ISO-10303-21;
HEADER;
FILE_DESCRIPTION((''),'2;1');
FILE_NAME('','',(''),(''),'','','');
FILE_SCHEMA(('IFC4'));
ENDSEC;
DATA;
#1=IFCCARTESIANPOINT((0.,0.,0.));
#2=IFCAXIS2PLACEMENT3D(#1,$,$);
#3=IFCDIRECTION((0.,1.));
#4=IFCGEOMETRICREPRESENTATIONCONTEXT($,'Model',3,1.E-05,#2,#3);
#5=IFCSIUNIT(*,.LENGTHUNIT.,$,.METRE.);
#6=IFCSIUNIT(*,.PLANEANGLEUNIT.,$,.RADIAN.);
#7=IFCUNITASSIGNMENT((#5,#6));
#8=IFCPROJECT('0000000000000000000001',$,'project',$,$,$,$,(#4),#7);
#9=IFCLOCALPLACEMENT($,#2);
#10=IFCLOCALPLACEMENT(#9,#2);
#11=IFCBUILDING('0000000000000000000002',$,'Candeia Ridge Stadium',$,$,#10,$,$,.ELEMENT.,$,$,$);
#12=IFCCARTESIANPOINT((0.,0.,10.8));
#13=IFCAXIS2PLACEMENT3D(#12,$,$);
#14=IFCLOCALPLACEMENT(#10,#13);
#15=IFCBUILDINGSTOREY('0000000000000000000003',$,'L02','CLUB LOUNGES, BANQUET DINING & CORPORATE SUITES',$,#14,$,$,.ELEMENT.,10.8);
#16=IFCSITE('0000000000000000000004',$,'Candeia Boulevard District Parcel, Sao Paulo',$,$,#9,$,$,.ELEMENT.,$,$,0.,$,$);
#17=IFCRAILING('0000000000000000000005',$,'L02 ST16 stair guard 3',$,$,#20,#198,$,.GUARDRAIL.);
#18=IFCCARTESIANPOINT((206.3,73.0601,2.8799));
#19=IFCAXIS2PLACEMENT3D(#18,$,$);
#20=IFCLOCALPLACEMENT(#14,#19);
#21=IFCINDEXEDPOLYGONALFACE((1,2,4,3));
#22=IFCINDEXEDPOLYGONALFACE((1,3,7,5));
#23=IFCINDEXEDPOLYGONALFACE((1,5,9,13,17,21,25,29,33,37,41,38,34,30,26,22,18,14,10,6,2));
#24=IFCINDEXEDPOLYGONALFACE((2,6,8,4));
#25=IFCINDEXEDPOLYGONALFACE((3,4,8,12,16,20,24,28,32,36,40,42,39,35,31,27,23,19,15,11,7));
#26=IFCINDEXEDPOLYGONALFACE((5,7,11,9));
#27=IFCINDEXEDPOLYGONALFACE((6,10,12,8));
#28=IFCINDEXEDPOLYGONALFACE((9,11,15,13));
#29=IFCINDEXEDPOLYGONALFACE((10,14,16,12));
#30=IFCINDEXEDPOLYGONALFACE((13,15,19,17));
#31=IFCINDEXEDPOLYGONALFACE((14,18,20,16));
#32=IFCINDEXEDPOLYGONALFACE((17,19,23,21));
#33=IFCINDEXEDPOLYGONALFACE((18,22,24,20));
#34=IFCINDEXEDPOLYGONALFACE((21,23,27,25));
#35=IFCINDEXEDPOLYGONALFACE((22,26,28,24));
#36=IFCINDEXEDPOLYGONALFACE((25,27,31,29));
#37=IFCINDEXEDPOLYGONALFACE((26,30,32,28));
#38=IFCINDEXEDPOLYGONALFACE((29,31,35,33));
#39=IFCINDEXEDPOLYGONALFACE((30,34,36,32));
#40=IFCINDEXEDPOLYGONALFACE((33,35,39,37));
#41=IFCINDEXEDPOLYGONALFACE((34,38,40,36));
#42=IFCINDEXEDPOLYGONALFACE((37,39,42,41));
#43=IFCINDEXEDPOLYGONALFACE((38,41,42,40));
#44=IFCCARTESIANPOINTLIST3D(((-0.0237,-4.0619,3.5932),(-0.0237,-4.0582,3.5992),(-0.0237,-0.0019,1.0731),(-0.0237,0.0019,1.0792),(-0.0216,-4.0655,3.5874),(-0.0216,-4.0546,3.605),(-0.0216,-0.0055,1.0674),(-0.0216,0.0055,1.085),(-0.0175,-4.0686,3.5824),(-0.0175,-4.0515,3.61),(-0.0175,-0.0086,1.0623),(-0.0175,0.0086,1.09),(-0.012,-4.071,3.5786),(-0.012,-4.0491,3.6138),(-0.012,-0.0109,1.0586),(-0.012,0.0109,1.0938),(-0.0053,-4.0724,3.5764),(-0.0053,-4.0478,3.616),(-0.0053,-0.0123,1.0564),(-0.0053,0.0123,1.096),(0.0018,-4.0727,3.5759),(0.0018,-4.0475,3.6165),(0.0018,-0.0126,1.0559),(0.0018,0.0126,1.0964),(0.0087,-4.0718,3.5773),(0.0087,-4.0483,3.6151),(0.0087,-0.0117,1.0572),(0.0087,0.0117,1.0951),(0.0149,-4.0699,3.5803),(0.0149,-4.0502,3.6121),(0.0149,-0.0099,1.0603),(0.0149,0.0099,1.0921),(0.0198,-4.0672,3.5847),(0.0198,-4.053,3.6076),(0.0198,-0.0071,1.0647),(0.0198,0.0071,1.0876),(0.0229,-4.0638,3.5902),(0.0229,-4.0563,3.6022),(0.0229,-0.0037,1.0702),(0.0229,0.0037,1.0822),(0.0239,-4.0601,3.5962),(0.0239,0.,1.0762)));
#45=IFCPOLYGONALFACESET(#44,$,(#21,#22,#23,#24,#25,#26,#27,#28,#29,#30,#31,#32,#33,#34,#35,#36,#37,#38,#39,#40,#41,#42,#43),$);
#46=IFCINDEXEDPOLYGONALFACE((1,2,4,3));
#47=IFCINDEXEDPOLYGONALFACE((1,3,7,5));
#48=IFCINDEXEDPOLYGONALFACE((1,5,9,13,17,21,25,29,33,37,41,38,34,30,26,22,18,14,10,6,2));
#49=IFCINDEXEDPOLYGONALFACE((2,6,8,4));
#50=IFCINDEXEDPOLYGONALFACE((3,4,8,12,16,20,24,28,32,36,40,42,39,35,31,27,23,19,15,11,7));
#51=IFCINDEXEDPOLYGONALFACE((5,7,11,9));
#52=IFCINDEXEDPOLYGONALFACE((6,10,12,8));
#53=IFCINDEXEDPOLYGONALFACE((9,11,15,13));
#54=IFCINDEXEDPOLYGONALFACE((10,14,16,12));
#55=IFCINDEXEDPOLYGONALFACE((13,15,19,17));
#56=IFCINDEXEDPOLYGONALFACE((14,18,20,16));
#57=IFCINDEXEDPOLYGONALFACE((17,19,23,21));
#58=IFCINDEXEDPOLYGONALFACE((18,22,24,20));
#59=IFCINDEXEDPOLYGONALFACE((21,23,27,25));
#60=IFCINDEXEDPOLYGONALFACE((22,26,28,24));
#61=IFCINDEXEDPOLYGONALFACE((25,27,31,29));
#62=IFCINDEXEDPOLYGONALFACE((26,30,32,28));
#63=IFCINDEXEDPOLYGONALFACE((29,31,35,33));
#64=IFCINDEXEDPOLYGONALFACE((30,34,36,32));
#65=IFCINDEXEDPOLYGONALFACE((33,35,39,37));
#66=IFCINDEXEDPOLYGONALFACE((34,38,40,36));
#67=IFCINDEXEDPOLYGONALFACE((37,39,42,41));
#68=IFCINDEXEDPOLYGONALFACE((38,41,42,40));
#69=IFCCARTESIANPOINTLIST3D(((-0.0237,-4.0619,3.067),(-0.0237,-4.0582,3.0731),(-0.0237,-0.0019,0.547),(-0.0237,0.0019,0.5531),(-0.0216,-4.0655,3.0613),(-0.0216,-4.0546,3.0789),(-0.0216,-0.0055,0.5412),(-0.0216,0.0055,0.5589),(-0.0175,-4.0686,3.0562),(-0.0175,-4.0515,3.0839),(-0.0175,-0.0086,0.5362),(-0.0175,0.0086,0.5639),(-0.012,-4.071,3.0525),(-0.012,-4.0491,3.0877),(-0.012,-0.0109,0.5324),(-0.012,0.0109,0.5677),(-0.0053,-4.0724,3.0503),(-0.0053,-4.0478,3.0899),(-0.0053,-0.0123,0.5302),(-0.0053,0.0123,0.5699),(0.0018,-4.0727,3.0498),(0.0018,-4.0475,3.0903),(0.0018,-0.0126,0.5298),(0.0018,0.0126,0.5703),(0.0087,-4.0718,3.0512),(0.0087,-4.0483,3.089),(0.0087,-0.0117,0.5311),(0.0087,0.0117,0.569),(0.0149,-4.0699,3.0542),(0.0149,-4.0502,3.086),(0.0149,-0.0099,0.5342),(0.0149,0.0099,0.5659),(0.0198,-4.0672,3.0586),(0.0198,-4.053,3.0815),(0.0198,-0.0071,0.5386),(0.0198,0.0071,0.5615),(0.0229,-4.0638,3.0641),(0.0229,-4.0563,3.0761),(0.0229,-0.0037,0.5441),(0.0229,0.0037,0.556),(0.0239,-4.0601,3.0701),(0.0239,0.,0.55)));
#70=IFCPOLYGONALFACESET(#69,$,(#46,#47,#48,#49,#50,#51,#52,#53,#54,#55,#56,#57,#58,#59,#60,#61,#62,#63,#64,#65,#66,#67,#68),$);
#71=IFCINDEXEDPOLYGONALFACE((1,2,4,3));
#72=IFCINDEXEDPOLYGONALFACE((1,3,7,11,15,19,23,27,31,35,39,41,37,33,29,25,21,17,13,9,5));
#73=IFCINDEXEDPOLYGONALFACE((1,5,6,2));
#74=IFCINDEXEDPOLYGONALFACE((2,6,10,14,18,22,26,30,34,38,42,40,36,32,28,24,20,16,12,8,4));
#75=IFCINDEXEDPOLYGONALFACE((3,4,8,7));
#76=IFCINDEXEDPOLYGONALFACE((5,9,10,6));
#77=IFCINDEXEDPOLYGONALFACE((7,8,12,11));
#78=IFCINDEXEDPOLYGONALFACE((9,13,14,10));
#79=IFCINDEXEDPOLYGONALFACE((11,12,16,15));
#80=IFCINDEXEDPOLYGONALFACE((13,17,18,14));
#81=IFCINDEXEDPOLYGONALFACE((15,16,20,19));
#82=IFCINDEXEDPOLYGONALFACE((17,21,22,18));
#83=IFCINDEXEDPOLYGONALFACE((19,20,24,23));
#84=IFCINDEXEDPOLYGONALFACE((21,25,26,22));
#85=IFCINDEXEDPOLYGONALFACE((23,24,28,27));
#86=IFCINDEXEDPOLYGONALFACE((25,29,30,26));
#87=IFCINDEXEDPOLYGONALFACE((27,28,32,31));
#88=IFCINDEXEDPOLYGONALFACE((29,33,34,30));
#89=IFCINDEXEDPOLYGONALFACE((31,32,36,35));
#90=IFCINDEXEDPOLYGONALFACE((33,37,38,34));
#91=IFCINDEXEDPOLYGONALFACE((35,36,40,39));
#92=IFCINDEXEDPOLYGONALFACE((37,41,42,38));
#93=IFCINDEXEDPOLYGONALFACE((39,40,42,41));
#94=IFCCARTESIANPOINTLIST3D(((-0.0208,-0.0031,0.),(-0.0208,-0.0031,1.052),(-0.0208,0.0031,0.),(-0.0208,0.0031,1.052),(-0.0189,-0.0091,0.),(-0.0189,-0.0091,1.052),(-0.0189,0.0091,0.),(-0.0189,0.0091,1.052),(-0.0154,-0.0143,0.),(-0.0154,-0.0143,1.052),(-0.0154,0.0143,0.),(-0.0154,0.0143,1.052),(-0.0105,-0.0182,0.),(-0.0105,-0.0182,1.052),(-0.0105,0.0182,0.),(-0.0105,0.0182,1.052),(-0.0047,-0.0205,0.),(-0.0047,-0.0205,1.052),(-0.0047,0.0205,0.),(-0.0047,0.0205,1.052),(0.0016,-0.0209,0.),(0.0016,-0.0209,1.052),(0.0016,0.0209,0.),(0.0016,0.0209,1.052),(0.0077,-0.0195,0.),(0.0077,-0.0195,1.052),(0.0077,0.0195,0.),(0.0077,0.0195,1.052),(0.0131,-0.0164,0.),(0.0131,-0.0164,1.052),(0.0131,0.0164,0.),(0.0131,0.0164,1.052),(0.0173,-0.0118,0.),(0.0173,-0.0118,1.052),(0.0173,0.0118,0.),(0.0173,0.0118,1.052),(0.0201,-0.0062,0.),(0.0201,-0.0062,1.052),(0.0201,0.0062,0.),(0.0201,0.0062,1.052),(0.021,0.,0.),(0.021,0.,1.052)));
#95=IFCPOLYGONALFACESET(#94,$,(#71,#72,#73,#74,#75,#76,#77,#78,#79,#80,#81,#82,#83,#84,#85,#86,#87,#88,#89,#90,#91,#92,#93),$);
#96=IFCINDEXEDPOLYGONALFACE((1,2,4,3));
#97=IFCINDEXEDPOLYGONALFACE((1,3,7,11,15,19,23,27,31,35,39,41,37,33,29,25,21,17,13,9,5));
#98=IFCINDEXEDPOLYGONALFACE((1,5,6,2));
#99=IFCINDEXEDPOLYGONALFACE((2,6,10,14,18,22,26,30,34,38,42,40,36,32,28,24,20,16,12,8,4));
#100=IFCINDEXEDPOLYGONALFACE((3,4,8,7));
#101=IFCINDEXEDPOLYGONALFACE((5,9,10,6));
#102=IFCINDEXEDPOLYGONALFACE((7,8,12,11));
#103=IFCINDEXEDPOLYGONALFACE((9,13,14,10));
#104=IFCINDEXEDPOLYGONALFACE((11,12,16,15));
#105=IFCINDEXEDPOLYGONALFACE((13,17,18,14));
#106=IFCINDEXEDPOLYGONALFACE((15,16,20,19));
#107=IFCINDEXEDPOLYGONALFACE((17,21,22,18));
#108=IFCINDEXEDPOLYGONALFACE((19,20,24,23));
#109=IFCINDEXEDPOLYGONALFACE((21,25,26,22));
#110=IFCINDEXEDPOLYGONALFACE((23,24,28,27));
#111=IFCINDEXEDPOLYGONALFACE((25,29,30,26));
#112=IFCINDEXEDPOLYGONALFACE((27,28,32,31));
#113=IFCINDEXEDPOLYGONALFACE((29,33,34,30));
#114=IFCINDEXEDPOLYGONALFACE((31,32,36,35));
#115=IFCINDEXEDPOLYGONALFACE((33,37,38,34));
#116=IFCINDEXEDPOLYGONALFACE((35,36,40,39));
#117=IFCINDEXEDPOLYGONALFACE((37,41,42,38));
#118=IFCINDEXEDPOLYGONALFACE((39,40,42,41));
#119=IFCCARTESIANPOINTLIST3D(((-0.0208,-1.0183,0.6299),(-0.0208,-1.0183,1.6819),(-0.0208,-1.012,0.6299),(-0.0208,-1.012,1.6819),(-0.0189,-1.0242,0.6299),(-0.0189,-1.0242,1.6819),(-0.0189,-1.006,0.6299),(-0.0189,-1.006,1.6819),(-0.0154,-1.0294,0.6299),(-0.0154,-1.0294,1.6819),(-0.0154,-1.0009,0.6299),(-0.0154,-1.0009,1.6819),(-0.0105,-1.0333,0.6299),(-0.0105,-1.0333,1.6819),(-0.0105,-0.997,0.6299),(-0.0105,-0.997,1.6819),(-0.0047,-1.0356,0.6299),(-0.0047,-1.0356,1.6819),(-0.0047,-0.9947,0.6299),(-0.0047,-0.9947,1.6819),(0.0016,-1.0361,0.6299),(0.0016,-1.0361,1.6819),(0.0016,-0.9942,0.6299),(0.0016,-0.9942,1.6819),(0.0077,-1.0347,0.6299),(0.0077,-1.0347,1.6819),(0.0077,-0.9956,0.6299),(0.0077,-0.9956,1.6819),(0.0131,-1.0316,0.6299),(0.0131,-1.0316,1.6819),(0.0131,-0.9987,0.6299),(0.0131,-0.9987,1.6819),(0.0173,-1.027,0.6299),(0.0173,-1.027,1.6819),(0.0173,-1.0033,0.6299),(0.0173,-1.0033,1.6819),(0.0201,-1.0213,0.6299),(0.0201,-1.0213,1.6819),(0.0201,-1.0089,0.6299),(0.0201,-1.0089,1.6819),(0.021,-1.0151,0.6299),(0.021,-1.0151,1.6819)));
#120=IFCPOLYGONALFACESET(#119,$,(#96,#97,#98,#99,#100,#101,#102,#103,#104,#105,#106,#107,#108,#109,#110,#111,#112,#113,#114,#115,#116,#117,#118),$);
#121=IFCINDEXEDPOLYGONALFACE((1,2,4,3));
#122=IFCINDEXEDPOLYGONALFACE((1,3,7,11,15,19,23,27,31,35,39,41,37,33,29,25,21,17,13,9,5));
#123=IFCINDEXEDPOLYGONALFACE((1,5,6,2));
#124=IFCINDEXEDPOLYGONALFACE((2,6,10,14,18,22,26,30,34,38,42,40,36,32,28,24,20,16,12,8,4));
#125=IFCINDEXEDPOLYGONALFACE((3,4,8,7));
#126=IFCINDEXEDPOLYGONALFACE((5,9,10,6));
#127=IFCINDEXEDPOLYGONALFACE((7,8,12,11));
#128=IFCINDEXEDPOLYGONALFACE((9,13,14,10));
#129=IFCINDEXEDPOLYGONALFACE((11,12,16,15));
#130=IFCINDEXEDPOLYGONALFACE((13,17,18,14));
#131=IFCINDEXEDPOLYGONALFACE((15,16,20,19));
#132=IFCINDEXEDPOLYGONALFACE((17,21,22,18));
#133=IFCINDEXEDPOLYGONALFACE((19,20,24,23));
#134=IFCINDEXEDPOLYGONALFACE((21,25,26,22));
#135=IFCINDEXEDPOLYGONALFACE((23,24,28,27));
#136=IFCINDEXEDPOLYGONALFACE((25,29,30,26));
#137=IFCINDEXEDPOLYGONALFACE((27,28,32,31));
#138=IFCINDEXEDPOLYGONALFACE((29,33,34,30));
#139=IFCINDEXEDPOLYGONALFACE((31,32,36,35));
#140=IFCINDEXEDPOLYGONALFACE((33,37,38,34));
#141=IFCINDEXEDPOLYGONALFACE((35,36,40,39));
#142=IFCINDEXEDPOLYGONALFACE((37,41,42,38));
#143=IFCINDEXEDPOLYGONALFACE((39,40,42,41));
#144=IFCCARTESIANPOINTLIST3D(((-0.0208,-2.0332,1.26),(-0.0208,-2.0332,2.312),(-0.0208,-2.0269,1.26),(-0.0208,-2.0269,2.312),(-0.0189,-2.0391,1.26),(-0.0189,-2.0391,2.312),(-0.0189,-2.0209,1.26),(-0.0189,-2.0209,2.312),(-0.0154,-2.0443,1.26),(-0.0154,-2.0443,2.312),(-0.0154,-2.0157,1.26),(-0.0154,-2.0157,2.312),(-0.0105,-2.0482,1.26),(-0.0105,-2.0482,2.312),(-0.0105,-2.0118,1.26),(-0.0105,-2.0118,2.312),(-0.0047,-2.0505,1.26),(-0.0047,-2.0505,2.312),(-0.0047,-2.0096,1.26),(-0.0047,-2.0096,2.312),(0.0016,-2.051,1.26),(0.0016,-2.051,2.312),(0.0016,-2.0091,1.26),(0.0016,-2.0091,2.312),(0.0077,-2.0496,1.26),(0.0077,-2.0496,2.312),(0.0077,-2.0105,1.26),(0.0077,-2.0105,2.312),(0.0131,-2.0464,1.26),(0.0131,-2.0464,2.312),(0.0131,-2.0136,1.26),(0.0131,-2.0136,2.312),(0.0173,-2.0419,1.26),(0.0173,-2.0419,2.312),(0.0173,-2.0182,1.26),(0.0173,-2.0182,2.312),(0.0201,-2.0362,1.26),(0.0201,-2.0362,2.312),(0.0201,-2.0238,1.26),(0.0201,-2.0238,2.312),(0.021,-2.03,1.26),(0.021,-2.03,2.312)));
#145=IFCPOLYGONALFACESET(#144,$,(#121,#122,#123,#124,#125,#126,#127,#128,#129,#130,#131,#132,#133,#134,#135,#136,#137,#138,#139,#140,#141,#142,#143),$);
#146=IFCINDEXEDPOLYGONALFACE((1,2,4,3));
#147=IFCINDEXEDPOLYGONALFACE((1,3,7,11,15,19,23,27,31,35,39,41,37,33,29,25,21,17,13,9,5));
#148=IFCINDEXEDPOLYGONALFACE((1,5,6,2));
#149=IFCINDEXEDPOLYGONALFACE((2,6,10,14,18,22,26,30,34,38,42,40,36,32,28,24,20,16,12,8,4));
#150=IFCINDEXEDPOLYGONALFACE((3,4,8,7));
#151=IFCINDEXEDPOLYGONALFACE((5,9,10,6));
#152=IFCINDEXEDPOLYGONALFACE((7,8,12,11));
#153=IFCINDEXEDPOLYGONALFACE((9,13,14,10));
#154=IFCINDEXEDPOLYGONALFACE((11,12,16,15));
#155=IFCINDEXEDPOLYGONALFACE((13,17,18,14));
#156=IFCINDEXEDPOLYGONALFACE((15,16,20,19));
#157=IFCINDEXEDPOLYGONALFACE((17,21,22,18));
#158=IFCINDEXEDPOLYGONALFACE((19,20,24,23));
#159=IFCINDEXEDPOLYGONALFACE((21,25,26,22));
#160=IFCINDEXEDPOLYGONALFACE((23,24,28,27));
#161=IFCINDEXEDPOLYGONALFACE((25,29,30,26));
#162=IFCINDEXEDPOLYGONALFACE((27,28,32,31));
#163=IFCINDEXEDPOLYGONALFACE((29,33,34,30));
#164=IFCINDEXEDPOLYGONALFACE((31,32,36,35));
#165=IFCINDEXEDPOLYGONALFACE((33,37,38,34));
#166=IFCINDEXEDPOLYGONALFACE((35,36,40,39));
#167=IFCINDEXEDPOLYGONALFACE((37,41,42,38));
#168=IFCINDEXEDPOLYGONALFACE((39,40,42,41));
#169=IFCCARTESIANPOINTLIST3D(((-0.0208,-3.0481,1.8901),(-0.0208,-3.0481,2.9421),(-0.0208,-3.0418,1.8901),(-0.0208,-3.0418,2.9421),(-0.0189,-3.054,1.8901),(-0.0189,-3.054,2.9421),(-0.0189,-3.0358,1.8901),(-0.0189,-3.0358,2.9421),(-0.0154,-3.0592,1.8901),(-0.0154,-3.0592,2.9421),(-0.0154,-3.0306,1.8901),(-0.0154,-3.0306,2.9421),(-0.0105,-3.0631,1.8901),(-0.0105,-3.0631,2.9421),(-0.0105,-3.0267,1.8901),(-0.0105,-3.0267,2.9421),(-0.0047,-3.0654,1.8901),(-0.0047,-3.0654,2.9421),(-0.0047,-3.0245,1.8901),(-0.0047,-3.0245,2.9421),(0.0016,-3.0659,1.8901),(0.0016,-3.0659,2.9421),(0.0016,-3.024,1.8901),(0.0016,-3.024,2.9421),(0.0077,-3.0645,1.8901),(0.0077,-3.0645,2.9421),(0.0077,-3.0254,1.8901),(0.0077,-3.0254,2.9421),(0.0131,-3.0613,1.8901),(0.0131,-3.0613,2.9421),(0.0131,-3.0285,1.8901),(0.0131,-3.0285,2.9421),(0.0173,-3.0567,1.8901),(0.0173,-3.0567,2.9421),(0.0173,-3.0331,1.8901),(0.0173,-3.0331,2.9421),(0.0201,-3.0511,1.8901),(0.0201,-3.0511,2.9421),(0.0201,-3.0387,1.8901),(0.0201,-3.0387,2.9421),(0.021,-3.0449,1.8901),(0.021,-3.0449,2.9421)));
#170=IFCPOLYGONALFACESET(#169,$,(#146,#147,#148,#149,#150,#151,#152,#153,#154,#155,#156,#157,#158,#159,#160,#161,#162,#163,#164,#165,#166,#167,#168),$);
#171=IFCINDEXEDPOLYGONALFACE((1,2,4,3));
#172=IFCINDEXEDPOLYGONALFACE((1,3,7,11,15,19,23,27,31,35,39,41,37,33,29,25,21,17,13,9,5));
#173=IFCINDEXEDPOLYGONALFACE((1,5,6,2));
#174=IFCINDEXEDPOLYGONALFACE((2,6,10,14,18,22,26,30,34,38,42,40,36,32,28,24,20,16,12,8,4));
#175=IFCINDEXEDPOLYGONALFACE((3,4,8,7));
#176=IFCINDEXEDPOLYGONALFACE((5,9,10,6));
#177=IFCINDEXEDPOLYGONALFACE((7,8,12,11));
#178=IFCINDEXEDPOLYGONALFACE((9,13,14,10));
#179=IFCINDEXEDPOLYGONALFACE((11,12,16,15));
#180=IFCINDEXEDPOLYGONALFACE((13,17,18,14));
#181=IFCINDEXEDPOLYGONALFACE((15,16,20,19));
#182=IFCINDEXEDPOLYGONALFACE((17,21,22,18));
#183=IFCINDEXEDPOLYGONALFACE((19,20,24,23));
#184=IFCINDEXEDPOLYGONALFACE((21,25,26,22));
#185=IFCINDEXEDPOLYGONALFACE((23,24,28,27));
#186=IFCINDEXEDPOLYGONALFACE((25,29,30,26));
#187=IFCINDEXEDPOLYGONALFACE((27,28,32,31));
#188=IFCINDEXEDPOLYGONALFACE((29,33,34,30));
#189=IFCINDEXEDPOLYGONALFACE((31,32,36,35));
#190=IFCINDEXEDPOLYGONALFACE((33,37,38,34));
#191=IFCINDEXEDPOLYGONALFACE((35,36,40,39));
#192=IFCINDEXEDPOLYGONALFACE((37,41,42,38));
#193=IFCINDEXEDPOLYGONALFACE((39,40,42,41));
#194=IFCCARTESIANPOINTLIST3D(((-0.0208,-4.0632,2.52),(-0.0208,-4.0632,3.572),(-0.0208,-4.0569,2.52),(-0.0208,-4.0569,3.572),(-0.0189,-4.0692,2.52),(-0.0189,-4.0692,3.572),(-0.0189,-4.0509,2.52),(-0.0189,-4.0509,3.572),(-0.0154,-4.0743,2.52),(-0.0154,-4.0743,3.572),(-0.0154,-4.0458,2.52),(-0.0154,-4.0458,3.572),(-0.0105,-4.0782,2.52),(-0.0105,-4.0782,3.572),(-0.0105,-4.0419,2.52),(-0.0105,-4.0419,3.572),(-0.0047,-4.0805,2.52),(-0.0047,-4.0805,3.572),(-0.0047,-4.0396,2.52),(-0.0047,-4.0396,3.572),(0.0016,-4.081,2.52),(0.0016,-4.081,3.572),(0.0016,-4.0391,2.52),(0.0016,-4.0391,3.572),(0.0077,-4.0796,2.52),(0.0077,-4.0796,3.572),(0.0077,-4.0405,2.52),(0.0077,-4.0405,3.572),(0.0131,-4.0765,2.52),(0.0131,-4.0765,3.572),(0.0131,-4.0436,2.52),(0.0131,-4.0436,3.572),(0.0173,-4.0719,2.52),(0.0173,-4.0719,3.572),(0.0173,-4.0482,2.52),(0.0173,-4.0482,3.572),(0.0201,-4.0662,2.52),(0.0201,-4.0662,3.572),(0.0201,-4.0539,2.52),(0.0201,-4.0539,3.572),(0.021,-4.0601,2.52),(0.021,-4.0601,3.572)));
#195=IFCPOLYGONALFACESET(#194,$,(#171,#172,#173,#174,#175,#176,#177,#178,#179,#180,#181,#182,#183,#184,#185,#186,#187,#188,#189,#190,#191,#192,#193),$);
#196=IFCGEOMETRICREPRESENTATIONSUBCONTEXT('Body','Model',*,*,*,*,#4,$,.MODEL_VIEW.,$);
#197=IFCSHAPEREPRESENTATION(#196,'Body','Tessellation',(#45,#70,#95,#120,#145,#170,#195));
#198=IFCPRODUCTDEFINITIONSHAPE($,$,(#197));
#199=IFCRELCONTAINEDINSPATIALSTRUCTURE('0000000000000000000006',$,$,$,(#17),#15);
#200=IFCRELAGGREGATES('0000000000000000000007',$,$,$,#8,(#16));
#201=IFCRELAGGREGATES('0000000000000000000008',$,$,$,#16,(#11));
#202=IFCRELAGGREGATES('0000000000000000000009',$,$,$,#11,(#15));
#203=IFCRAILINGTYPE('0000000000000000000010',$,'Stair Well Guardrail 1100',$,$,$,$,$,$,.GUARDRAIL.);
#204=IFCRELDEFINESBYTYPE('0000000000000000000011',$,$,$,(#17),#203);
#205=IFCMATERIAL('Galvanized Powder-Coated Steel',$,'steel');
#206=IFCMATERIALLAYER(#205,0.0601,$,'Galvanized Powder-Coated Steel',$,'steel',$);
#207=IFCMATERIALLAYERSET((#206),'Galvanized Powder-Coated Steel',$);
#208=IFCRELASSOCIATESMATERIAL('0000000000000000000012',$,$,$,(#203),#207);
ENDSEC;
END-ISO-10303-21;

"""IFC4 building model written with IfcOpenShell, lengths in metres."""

from ifc_helpers import new_model, si_unit, direction, frame, origin, origin_2d, place, context, subcontext, project, spatial, circle, extrude, material, layer, layer_set, type_object, element, save


model = new_model("IFC4")

# Units and contexts
model_context = context("Model", 3, precision=1e-05, world=origin(), true_north=direction((0.0, 1.0)))
body_context = subcontext(model_context, "Body", "Model", "MODEL_VIEW")
ifc_project = project(units=[si_unit("LENGTHUNIT", "METRE"), si_unit("PLANEANGLEUNIT", "RADIAN")], contexts=[model_context])

# Site, building, storey
site_placement = place(None, origin())
site = spatial("IfcSite", under=ifc_project, at=site_placement, Name="Candeia Boulevard District Parcel, Sao Paulo", CompositionType="ELEMENT", RefElevation=0.0)
building_placement = place(site_placement, origin())
building = spatial("IfcBuilding", under=site, at=building_placement, Name="Candeia Ridge Stadium", CompositionType="ELEMENT")
storey_placement = place(building_placement, frame((0.0, 0.0, 10.8)))
storey = spatial("IfcBuildingStorey", under=building, at=storey_placement, Name="L02", Description="CLUB LOUNGES, BANQUET DINING & CORPORATE SUITES", CompositionType="ELEMENT", Elevation=10.8)

# Railing
ifc_material_1 = material(Name="Galvanized Powder-Coated Steel", Category="steel")
ifc_layer_1 = layer(ifc_material_1, 0.0601, Name="Galvanized Powder-Coated Steel", Category="steel")
ifc_layer_set_1 = layer_set([ifc_layer_1], Name="Galvanized Powder-Coated Steel")
railing_type_1 = type_object("IfcRailingType", Name="Stair Well Guardrail 1100", PredefinedType="GUARDRAIL", material=ifc_layer_set_1)
railing_1_placement = place(storey_placement, frame((206.3, 73.0601, 2.8799)))
element("IfcRailing", 1, at=railing_1_placement, inside=storey, type_object=railing_type_1, Name="L02 ST16 stair guard 3", PredefinedType="GUARDRAIL", context=body_context, shape_type="SweptSolid", body=[
    extrude(circle(Radius=0.0239, at=origin_2d()), frame((0.0, 0.0, 1.0762), z_axis=(0.0, -0.849642, 0.52736), x_axis=(1.0, 0.0, 0.0)), (0.0, 0.0, 1.0), 4.7786),
    extrude(circle(Radius=0.0239, at=origin_2d()), frame((0.0, 0.0, 0.55), z_axis=(0.0, -0.849642, 0.52736), x_axis=(1.0, 0.0, 0.0)), (0.0, 0.0, 1.0), 4.7786),
    extrude(circle(Radius=0.021, at=origin_2d()), origin(), (0.0, 0.0, 1.0), 1.052),
    extrude(circle(Radius=0.021, at=origin_2d()), frame((0.0, -1.0151, 0.6299)), (0.0, 0.0, 1.0), 1.052),
    extrude(circle(Radius=0.021, at=origin_2d()), frame((0.0, -2.03, 1.26)), (0.0, 0.0, 1.0), 1.052),
    extrude(circle(Radius=0.021, at=origin_2d()), frame((0.0, -3.0449, 1.8901)), (0.0, 0.0, 1.0), 1.052),
    extrude(circle(Radius=0.021, at=origin_2d()), frame((0.0, -4.0601, 2.52)), (0.0, 0.0, 1.0), 1.052),
])

save(model, "model.ifc")
